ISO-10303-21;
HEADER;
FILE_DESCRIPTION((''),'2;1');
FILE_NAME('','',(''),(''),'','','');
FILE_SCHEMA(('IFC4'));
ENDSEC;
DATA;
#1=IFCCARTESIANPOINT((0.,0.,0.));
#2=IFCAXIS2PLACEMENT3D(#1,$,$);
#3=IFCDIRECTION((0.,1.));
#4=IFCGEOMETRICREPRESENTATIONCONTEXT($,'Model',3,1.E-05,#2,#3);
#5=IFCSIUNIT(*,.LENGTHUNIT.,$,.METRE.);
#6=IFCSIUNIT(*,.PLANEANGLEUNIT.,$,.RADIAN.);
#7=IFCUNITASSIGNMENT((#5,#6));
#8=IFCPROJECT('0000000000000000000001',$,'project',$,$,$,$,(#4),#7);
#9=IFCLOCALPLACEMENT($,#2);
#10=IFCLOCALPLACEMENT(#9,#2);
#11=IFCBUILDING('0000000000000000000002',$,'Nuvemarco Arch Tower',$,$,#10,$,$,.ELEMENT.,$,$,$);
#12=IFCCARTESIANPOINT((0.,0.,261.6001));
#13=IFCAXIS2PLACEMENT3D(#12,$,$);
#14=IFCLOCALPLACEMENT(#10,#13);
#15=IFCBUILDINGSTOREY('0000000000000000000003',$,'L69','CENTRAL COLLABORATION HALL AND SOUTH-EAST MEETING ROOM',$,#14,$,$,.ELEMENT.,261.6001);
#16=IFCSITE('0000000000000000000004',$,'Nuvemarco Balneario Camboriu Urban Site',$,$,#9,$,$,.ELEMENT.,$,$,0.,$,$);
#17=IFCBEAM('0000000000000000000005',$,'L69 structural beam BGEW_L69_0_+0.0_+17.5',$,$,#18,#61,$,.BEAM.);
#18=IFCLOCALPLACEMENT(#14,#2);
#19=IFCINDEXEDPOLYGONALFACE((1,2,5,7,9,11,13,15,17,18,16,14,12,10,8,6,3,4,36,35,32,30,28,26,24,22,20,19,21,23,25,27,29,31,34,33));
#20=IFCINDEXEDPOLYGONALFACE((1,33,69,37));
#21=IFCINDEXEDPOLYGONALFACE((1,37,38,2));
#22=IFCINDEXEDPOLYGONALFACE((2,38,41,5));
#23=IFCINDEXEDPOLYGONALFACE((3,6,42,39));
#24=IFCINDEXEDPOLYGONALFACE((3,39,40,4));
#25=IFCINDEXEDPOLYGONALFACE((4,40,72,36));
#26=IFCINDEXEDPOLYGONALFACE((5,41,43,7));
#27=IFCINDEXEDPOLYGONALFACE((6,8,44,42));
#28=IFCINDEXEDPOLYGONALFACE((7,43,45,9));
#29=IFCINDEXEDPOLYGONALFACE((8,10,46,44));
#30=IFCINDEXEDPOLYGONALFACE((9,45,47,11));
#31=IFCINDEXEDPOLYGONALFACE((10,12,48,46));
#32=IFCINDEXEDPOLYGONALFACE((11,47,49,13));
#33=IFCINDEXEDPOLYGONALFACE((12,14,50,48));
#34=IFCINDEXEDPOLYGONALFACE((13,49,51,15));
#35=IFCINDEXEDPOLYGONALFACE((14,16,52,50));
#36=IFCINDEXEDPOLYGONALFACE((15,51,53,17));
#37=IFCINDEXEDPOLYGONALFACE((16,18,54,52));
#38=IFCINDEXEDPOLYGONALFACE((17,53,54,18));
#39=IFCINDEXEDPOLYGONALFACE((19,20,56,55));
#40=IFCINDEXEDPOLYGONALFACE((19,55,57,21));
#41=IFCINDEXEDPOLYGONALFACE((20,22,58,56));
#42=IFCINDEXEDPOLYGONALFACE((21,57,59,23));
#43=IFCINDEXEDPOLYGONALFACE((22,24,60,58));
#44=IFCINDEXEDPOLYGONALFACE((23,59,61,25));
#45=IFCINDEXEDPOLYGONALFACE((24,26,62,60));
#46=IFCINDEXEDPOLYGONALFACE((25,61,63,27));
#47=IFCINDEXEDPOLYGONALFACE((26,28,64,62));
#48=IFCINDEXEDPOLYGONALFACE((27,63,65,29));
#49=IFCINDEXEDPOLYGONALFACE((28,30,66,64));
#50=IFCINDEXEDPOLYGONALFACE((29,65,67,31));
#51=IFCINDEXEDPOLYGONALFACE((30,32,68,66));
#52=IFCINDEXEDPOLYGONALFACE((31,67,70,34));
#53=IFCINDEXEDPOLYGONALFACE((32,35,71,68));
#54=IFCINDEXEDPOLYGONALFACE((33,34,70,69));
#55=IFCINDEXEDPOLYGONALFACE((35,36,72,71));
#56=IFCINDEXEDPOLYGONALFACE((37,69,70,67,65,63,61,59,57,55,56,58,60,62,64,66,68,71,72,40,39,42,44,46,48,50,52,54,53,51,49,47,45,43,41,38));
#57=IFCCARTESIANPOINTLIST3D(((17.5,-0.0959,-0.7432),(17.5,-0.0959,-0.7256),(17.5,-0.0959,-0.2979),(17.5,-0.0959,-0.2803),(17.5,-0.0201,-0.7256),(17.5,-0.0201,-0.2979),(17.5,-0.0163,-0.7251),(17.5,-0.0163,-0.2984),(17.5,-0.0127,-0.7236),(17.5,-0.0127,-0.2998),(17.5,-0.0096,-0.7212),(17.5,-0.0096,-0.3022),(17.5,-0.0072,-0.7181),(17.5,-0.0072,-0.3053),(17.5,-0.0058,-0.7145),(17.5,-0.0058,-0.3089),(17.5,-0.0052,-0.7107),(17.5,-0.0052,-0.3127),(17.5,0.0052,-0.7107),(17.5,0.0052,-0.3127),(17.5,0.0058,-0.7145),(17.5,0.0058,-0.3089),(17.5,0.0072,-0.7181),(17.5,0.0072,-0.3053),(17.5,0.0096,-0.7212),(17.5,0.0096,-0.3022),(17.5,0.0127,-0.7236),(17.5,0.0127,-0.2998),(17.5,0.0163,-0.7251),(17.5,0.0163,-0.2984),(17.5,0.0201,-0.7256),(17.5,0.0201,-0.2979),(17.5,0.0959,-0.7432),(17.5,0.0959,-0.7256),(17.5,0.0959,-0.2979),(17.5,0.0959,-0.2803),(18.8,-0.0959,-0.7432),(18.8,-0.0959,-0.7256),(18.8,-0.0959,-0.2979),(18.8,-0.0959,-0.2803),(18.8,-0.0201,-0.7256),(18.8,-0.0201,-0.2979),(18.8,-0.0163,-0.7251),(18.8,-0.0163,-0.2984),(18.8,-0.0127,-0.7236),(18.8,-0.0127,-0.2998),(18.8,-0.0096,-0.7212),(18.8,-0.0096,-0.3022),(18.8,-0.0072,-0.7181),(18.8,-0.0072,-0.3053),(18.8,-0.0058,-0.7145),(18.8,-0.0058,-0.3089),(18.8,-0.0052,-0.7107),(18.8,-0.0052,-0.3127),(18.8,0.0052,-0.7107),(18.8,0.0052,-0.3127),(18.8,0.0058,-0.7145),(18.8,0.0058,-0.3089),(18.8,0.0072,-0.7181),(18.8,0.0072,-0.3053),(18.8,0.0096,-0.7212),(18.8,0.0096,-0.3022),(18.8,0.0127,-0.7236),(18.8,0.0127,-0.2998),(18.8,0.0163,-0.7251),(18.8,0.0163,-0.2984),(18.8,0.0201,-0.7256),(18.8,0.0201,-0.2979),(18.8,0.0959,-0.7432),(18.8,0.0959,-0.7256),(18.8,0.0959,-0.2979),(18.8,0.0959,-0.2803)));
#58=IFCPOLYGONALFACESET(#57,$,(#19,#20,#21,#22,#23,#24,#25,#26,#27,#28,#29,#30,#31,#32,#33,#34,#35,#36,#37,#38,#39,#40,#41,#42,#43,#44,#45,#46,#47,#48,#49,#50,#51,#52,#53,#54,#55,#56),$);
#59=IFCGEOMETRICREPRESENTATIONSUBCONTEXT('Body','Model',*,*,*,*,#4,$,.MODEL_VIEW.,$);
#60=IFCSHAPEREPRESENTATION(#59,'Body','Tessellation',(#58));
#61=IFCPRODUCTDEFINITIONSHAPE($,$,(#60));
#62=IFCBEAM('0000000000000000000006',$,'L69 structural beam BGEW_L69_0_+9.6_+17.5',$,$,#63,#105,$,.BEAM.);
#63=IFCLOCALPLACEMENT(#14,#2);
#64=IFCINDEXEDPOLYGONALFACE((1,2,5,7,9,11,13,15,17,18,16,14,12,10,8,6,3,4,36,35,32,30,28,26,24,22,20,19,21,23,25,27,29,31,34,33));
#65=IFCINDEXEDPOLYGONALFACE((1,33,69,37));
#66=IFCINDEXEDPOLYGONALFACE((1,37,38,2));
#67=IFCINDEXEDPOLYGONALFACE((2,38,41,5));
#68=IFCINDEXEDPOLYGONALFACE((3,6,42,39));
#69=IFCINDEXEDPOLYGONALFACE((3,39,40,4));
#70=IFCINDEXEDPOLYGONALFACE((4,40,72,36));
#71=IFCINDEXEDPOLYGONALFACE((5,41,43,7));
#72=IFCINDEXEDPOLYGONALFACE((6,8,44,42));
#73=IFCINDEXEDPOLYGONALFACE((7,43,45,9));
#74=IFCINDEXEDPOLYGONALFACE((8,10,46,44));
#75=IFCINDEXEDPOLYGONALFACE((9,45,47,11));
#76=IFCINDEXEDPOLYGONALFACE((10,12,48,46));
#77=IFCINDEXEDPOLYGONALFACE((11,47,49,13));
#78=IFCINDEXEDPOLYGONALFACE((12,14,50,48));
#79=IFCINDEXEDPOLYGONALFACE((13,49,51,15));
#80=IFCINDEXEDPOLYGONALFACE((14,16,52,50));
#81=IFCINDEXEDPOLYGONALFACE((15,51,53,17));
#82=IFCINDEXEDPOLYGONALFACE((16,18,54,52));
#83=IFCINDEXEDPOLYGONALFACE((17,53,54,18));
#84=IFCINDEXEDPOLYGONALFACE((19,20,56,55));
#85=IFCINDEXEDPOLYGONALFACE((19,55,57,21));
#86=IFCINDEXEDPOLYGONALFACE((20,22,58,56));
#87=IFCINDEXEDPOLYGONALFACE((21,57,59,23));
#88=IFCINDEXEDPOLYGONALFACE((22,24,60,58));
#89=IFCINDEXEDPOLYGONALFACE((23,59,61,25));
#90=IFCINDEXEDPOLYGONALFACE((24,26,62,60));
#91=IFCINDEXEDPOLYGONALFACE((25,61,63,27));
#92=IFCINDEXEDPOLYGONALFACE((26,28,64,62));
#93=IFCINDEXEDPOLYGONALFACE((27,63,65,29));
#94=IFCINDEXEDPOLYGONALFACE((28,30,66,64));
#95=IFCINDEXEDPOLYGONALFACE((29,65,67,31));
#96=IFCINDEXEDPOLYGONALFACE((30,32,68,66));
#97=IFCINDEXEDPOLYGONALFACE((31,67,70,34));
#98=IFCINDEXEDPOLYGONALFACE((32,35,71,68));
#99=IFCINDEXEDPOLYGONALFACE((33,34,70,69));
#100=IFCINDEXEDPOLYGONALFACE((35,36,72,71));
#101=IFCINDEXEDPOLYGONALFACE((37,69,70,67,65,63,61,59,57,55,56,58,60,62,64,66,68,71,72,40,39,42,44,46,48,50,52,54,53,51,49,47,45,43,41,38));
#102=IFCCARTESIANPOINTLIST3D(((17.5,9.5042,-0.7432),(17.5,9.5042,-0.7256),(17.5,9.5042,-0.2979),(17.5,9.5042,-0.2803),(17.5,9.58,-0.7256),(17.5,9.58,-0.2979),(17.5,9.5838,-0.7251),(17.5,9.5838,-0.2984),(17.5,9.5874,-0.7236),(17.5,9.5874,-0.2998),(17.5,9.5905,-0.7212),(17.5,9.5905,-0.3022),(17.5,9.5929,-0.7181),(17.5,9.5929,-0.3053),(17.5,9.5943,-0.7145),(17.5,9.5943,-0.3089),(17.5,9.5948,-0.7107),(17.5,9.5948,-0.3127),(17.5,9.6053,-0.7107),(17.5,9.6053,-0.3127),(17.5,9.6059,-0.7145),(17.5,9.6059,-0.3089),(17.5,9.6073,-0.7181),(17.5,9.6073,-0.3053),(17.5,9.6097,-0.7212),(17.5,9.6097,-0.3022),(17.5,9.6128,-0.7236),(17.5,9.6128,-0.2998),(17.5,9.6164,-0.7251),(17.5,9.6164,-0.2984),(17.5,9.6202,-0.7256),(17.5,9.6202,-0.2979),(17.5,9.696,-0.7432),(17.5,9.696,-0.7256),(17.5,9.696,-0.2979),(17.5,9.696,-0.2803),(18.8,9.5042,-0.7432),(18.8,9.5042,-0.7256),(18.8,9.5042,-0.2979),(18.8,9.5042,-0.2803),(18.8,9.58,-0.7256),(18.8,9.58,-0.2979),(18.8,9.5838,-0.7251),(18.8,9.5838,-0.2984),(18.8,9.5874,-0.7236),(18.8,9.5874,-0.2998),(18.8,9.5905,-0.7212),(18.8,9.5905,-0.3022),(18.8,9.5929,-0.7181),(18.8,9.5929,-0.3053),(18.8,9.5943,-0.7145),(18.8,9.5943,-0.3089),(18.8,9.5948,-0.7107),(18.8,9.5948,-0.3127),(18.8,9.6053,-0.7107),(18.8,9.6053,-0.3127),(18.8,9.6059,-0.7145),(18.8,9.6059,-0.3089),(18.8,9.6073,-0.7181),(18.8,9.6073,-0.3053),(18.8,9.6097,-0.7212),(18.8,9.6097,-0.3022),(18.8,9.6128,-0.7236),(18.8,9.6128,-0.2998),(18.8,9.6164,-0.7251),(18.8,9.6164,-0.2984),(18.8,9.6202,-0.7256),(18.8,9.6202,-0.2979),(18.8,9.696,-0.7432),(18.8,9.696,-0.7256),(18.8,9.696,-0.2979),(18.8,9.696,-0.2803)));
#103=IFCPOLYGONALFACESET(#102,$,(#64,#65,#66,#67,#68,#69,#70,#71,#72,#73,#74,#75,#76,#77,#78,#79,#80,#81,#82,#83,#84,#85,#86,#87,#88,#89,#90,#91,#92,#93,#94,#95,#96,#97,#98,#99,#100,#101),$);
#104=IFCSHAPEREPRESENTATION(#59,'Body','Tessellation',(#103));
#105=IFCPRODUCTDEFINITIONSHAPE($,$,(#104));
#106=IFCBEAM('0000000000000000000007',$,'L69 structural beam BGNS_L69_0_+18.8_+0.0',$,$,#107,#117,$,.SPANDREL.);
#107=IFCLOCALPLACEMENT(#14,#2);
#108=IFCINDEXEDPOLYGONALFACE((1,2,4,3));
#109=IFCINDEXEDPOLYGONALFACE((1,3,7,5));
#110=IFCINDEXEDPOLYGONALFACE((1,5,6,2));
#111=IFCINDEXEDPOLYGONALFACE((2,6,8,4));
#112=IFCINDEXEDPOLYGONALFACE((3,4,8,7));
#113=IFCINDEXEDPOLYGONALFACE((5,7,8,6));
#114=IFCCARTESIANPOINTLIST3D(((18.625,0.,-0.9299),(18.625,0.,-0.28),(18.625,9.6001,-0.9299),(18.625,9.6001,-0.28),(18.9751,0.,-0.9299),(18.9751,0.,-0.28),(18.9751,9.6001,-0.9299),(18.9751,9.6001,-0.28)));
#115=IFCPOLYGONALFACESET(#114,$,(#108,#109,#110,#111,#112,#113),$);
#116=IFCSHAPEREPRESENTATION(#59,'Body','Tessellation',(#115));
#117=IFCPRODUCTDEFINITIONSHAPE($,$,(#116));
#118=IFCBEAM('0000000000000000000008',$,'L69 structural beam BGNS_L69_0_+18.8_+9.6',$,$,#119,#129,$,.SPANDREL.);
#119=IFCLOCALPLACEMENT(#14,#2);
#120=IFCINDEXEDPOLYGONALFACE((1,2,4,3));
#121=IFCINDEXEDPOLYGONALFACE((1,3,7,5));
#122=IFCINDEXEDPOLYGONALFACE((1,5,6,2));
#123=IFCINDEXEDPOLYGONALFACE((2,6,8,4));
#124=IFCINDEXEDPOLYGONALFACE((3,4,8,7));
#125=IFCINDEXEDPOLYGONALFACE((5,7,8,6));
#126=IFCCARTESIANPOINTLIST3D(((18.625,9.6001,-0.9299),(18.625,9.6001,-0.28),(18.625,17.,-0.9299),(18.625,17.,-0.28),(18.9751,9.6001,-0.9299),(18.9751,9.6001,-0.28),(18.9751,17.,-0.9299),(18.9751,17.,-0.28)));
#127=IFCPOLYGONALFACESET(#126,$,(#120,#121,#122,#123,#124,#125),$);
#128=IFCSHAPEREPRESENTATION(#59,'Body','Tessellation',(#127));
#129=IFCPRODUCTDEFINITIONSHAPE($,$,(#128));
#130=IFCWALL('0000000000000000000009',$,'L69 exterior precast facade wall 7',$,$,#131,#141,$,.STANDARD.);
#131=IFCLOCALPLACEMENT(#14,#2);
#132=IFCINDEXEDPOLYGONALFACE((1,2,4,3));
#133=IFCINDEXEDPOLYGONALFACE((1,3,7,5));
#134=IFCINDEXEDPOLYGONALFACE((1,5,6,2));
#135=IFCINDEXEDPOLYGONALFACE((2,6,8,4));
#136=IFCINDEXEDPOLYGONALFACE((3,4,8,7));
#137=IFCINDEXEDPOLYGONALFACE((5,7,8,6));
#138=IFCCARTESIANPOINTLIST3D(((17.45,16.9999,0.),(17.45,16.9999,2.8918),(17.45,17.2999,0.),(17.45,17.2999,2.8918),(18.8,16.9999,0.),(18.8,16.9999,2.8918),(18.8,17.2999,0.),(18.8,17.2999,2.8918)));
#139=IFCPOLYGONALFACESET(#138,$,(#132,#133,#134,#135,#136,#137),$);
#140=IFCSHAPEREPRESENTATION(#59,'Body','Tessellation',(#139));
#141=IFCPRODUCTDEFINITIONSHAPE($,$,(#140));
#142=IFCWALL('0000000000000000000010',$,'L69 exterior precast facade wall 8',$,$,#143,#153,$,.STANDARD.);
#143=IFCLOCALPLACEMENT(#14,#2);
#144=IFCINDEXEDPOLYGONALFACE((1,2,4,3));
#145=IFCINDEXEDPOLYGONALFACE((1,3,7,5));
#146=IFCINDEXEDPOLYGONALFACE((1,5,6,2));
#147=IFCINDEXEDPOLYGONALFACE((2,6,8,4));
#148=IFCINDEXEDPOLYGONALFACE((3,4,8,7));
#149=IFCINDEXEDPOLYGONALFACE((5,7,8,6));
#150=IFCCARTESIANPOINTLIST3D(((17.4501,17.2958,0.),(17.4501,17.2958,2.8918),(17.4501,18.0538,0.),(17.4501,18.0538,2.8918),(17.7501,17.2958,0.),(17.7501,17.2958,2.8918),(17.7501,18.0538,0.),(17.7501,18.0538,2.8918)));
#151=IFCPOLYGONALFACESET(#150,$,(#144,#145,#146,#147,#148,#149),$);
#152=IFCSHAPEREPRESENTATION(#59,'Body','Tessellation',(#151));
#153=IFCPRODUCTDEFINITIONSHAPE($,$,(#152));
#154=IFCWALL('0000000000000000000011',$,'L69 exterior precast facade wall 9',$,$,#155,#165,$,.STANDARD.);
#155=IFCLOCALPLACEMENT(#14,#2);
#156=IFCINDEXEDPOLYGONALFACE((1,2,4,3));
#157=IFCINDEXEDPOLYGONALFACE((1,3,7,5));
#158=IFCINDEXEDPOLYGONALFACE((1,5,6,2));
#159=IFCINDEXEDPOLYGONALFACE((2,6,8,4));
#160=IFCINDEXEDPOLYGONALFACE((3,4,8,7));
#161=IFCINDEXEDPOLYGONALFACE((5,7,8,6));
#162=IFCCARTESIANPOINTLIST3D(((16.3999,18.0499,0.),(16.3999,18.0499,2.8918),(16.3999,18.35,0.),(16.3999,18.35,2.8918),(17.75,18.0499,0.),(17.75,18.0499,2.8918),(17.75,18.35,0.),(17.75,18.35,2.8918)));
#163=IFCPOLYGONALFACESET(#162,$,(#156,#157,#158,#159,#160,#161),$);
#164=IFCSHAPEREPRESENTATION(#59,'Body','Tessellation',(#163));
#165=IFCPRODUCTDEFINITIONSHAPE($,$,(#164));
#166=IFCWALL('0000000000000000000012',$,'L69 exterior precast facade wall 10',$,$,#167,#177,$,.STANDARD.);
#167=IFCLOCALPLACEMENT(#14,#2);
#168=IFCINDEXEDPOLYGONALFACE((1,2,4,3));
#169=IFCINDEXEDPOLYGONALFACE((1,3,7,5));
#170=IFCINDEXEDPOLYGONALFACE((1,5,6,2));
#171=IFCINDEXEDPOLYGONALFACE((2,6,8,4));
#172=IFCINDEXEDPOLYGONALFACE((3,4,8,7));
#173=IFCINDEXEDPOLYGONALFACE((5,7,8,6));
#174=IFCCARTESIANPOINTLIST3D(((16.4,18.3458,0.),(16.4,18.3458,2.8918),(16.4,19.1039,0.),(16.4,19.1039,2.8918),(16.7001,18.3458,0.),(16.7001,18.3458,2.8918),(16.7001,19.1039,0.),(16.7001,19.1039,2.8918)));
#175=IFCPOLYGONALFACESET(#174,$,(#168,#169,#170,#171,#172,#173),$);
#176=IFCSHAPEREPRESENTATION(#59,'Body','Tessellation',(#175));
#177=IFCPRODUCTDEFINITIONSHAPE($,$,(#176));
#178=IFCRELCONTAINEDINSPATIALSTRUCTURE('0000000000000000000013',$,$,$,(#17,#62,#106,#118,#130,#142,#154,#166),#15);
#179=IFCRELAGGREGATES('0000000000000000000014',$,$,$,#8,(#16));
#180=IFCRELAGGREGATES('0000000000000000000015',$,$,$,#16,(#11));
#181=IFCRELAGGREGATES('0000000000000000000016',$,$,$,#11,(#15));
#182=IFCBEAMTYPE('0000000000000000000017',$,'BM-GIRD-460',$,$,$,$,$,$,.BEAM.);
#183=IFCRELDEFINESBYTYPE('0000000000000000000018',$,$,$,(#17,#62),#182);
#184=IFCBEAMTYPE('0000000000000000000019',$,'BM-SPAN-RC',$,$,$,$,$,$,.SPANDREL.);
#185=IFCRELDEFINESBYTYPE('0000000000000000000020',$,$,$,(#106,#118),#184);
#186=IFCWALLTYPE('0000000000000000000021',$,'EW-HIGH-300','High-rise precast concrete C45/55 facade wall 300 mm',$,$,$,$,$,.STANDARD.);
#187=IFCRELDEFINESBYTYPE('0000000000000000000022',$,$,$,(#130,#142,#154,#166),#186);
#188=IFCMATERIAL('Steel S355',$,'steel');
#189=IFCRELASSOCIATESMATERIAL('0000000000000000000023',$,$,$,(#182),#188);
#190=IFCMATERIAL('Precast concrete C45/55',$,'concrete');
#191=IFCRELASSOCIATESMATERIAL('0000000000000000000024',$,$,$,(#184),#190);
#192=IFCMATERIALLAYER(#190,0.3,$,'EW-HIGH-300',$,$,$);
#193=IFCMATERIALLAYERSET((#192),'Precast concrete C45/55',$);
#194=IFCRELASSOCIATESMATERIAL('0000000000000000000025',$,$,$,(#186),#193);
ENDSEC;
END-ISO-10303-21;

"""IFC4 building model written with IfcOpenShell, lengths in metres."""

from ifc_helpers import new_model, si_unit, direction, frame, frame_2d, origin, origin_2d, place, context, subcontext, project, spatial, rectangle, i_section, extrude, material, layer, layer_set, material_profile, profile_set, type_object, element, save


model = new_model("IFC4")

# Units and contexts
model_context = context("Model", 3, precision=1e-05, world=origin(), true_north=direction((0.0, 1.0)))
body_context = subcontext(model_context, "Body", "Model", "MODEL_VIEW")
ifc_project = project(units=[si_unit("LENGTHUNIT", "METRE"), si_unit("PLANEANGLEUNIT", "RADIAN")], contexts=[model_context])

# Site, building, storey
site_placement = place(None, origin())
site = spatial("IfcSite", under=ifc_project, at=site_placement, Name="Nuvemarco Balneario Camboriu Urban Site", CompositionType="ELEMENT", RefElevation=0.0)
building_placement = place(site_placement, origin())
building = spatial("IfcBuilding", under=site, at=building_placement, Name="Nuvemarco Arch Tower", CompositionType="ELEMENT")
storey_placement = place(building_placement, frame((0.0, 0.0, 261.6001)))
storey = spatial("IfcBuildingStorey", under=building, at=storey_placement, Name="L69", Description="CENTRAL COLLABORATION HALL AND SOUTH-EAST MEETING ROOM", CompositionType="ELEMENT", Elevation=261.6001)

# Shared definitions
ifc_material_1 = material(Name="Steel S355", Category="steel")

# Beams
ifc_material_profile_1 = material_profile(ifc_material_1, i_section(OverallWidth=0.1919, OverallDepth=0.4629, WebThickness=0.0105, FlangeThickness=0.0176, FilletRadius=0.0149, at=origin_2d()), Name="W460x89")
ifc_profile_set_1 = profile_set([ifc_material_profile_1], Name="Steel S355")
beam_type_1 = type_object("IfcBeamType", Name="BM-GIRD-460", PredefinedType="BEAM", material=ifc_profile_set_1)
for number, where, z_axis, x_axis, name in (
    (1, (17.5, 0.0, -0.5117), (1.0, 0.0, 0.0), (0.0, 1.0, 0.0), "L69 structural beam BGEW_L69_0_+0.0_+17.5"),
    (2, (17.5, 9.6001, -0.5117), (1.0, 0.0, 0.0), (0.0, 1.0, 0.0), "L69 structural beam BGEW_L69_0_+9.6_+17.5"),
):
    element("IfcBeam", number, at=place(storey_placement, frame(where, z_axis=z_axis, x_axis=x_axis)), inside=storey, type_object=beam_type_1, Name=name, PredefinedType="BEAM", context=body_context, shape_type="SweptSolid", body=[
        extrude(i_section(OverallWidth=0.1919, OverallDepth=0.4629, WebThickness=0.0105, FlangeThickness=0.0176, FilletRadius=0.0149, at=origin_2d()), origin(), (0.0, 0.0, 1.0), 1.3),
    ])
ifc_material_2 = material(Name="Precast concrete C45/55", Category="concrete")
ifc_material_profile_2 = material_profile(ifc_material_2, rectangle(XDim=0.3501, YDim=0.6499, at=origin_2d()), Name="PC-SP-350x650")
ifc_profile_set_2 = profile_set([ifc_material_profile_2], Name="Precast concrete C45/55")
beam_type_2 = type_object("IfcBeamType", Name="BM-SPAN-RC", PredefinedType="SPANDREL", material=ifc_profile_set_2)
beam_1_placement = place(storey_placement, frame((18.8, 0.0, -0.605), z_axis=(0.0, 1.0, 0.0), x_axis=(-1.0, 0.0, 0.0)))
element("IfcBeam", 3, at=beam_1_placement, inside=storey, type_object=beam_type_2, Name="L69 structural beam BGNS_L69_0_+18.8_+0.0", PredefinedType="SPANDREL", context=body_context, shape_type="SweptSolid", body=[
    extrude(rectangle(XDim=0.3501, YDim=0.6499, at=origin_2d()), origin(), (0.0, 0.0, 1.0), 9.6001),
])
beam_2_placement = place(storey_placement, frame((18.8, 9.6001, -0.605), z_axis=(0.0, 1.0, 0.0), x_axis=(-1.0, 0.0, 0.0)))
element("IfcBeam", 4, at=beam_2_placement, inside=storey, type_object=beam_type_2, Name="L69 structural beam BGNS_L69_0_+18.8_+9.6", PredefinedType="SPANDREL", context=body_context, shape_type="SweptSolid", body=[
    extrude(rectangle(XDim=0.3501, YDim=0.6499, at=origin_2d()), origin(), (0.0, 0.0, 1.0), 7.3999),
])

# Walls
ifc_layer_1 = layer(ifc_material_2, 0.3, Name="EW-HIGH-300")
ifc_layer_set_1 = layer_set([ifc_layer_1], Name="Precast concrete C45/55")
wall_type_1 = type_object("IfcWallType", Name="EW-HIGH-300", Description="High-rise precast concrete C45/55 facade wall 300 mm", PredefinedType="STANDARD", material=ifc_layer_set_1)
wall_1_placement = place(storey_placement, frame((17.45, 17.1499, 0.0), z_axis=(0.0, 0.0, 1.0), x_axis=(1.0, 0.0, 0.0)))
element("IfcWall", 5, at=wall_1_placement, inside=storey, type_object=wall_type_1, Name="L69 exterior precast facade wall 7", PredefinedType="STANDARD", context=body_context, shape_type="SweptSolid", body=[
    extrude(rectangle(XDim=1.3501, YDim=0.3, at=frame_2d((0.675, 0.0))), origin(), (0.0, 0.0, 1.0), 2.8918),
])
wall_2_placement = place(storey_placement, frame((17.6001, 17.2959, 0.0), z_axis=(0.0, 0.0, 1.0), x_axis=(0.0, 1.0, 0.0)))
element("IfcWall", 6, at=wall_2_placement, inside=storey, type_object=wall_type_1, Name="L69 exterior precast facade wall 8", PredefinedType="STANDARD", context=body_context, shape_type="SweptSolid", body=[
    extrude(rectangle(XDim=0.7581, YDim=0.3, at=frame_2d((0.3789, 0.0))), origin(), (0.0, 0.0, 1.0), 2.8918),
])
wall_3_placement = place(storey_placement, frame((16.3999, 18.2, 0.0), z_axis=(0.0, 0.0, 1.0), x_axis=(1.0, 0.0, 0.0)))
element("IfcWall", 7, at=wall_3_placement, inside=storey, type_object=wall_type_1, Name="L69 exterior precast facade wall 9", PredefinedType="STANDARD", context=body_context, shape_type="SweptSolid", body=[
    extrude(rectangle(XDim=1.3501, YDim=0.3, at=frame_2d((0.675, 0.0))), origin(), (0.0, 0.0, 1.0), 2.8918),
])
wall_4_placement = place(storey_placement, frame((16.55, 18.3459, 0.0), z_axis=(0.0, 0.0, 1.0), x_axis=(0.0, 1.0, 0.0)))
element("IfcWall", 8, at=wall_4_placement, inside=storey, type_object=wall_type_1, Name="L69 exterior precast facade wall 10", PredefinedType="STANDARD", context=body_context, shape_type="SweptSolid", body=[
    extrude(rectangle(XDim=0.7581, YDim=0.3, at=frame_2d((0.3789, 0.0))), origin(), (0.0, 0.0, 1.0), 2.8918),
])

save(model, "model.ifc")
